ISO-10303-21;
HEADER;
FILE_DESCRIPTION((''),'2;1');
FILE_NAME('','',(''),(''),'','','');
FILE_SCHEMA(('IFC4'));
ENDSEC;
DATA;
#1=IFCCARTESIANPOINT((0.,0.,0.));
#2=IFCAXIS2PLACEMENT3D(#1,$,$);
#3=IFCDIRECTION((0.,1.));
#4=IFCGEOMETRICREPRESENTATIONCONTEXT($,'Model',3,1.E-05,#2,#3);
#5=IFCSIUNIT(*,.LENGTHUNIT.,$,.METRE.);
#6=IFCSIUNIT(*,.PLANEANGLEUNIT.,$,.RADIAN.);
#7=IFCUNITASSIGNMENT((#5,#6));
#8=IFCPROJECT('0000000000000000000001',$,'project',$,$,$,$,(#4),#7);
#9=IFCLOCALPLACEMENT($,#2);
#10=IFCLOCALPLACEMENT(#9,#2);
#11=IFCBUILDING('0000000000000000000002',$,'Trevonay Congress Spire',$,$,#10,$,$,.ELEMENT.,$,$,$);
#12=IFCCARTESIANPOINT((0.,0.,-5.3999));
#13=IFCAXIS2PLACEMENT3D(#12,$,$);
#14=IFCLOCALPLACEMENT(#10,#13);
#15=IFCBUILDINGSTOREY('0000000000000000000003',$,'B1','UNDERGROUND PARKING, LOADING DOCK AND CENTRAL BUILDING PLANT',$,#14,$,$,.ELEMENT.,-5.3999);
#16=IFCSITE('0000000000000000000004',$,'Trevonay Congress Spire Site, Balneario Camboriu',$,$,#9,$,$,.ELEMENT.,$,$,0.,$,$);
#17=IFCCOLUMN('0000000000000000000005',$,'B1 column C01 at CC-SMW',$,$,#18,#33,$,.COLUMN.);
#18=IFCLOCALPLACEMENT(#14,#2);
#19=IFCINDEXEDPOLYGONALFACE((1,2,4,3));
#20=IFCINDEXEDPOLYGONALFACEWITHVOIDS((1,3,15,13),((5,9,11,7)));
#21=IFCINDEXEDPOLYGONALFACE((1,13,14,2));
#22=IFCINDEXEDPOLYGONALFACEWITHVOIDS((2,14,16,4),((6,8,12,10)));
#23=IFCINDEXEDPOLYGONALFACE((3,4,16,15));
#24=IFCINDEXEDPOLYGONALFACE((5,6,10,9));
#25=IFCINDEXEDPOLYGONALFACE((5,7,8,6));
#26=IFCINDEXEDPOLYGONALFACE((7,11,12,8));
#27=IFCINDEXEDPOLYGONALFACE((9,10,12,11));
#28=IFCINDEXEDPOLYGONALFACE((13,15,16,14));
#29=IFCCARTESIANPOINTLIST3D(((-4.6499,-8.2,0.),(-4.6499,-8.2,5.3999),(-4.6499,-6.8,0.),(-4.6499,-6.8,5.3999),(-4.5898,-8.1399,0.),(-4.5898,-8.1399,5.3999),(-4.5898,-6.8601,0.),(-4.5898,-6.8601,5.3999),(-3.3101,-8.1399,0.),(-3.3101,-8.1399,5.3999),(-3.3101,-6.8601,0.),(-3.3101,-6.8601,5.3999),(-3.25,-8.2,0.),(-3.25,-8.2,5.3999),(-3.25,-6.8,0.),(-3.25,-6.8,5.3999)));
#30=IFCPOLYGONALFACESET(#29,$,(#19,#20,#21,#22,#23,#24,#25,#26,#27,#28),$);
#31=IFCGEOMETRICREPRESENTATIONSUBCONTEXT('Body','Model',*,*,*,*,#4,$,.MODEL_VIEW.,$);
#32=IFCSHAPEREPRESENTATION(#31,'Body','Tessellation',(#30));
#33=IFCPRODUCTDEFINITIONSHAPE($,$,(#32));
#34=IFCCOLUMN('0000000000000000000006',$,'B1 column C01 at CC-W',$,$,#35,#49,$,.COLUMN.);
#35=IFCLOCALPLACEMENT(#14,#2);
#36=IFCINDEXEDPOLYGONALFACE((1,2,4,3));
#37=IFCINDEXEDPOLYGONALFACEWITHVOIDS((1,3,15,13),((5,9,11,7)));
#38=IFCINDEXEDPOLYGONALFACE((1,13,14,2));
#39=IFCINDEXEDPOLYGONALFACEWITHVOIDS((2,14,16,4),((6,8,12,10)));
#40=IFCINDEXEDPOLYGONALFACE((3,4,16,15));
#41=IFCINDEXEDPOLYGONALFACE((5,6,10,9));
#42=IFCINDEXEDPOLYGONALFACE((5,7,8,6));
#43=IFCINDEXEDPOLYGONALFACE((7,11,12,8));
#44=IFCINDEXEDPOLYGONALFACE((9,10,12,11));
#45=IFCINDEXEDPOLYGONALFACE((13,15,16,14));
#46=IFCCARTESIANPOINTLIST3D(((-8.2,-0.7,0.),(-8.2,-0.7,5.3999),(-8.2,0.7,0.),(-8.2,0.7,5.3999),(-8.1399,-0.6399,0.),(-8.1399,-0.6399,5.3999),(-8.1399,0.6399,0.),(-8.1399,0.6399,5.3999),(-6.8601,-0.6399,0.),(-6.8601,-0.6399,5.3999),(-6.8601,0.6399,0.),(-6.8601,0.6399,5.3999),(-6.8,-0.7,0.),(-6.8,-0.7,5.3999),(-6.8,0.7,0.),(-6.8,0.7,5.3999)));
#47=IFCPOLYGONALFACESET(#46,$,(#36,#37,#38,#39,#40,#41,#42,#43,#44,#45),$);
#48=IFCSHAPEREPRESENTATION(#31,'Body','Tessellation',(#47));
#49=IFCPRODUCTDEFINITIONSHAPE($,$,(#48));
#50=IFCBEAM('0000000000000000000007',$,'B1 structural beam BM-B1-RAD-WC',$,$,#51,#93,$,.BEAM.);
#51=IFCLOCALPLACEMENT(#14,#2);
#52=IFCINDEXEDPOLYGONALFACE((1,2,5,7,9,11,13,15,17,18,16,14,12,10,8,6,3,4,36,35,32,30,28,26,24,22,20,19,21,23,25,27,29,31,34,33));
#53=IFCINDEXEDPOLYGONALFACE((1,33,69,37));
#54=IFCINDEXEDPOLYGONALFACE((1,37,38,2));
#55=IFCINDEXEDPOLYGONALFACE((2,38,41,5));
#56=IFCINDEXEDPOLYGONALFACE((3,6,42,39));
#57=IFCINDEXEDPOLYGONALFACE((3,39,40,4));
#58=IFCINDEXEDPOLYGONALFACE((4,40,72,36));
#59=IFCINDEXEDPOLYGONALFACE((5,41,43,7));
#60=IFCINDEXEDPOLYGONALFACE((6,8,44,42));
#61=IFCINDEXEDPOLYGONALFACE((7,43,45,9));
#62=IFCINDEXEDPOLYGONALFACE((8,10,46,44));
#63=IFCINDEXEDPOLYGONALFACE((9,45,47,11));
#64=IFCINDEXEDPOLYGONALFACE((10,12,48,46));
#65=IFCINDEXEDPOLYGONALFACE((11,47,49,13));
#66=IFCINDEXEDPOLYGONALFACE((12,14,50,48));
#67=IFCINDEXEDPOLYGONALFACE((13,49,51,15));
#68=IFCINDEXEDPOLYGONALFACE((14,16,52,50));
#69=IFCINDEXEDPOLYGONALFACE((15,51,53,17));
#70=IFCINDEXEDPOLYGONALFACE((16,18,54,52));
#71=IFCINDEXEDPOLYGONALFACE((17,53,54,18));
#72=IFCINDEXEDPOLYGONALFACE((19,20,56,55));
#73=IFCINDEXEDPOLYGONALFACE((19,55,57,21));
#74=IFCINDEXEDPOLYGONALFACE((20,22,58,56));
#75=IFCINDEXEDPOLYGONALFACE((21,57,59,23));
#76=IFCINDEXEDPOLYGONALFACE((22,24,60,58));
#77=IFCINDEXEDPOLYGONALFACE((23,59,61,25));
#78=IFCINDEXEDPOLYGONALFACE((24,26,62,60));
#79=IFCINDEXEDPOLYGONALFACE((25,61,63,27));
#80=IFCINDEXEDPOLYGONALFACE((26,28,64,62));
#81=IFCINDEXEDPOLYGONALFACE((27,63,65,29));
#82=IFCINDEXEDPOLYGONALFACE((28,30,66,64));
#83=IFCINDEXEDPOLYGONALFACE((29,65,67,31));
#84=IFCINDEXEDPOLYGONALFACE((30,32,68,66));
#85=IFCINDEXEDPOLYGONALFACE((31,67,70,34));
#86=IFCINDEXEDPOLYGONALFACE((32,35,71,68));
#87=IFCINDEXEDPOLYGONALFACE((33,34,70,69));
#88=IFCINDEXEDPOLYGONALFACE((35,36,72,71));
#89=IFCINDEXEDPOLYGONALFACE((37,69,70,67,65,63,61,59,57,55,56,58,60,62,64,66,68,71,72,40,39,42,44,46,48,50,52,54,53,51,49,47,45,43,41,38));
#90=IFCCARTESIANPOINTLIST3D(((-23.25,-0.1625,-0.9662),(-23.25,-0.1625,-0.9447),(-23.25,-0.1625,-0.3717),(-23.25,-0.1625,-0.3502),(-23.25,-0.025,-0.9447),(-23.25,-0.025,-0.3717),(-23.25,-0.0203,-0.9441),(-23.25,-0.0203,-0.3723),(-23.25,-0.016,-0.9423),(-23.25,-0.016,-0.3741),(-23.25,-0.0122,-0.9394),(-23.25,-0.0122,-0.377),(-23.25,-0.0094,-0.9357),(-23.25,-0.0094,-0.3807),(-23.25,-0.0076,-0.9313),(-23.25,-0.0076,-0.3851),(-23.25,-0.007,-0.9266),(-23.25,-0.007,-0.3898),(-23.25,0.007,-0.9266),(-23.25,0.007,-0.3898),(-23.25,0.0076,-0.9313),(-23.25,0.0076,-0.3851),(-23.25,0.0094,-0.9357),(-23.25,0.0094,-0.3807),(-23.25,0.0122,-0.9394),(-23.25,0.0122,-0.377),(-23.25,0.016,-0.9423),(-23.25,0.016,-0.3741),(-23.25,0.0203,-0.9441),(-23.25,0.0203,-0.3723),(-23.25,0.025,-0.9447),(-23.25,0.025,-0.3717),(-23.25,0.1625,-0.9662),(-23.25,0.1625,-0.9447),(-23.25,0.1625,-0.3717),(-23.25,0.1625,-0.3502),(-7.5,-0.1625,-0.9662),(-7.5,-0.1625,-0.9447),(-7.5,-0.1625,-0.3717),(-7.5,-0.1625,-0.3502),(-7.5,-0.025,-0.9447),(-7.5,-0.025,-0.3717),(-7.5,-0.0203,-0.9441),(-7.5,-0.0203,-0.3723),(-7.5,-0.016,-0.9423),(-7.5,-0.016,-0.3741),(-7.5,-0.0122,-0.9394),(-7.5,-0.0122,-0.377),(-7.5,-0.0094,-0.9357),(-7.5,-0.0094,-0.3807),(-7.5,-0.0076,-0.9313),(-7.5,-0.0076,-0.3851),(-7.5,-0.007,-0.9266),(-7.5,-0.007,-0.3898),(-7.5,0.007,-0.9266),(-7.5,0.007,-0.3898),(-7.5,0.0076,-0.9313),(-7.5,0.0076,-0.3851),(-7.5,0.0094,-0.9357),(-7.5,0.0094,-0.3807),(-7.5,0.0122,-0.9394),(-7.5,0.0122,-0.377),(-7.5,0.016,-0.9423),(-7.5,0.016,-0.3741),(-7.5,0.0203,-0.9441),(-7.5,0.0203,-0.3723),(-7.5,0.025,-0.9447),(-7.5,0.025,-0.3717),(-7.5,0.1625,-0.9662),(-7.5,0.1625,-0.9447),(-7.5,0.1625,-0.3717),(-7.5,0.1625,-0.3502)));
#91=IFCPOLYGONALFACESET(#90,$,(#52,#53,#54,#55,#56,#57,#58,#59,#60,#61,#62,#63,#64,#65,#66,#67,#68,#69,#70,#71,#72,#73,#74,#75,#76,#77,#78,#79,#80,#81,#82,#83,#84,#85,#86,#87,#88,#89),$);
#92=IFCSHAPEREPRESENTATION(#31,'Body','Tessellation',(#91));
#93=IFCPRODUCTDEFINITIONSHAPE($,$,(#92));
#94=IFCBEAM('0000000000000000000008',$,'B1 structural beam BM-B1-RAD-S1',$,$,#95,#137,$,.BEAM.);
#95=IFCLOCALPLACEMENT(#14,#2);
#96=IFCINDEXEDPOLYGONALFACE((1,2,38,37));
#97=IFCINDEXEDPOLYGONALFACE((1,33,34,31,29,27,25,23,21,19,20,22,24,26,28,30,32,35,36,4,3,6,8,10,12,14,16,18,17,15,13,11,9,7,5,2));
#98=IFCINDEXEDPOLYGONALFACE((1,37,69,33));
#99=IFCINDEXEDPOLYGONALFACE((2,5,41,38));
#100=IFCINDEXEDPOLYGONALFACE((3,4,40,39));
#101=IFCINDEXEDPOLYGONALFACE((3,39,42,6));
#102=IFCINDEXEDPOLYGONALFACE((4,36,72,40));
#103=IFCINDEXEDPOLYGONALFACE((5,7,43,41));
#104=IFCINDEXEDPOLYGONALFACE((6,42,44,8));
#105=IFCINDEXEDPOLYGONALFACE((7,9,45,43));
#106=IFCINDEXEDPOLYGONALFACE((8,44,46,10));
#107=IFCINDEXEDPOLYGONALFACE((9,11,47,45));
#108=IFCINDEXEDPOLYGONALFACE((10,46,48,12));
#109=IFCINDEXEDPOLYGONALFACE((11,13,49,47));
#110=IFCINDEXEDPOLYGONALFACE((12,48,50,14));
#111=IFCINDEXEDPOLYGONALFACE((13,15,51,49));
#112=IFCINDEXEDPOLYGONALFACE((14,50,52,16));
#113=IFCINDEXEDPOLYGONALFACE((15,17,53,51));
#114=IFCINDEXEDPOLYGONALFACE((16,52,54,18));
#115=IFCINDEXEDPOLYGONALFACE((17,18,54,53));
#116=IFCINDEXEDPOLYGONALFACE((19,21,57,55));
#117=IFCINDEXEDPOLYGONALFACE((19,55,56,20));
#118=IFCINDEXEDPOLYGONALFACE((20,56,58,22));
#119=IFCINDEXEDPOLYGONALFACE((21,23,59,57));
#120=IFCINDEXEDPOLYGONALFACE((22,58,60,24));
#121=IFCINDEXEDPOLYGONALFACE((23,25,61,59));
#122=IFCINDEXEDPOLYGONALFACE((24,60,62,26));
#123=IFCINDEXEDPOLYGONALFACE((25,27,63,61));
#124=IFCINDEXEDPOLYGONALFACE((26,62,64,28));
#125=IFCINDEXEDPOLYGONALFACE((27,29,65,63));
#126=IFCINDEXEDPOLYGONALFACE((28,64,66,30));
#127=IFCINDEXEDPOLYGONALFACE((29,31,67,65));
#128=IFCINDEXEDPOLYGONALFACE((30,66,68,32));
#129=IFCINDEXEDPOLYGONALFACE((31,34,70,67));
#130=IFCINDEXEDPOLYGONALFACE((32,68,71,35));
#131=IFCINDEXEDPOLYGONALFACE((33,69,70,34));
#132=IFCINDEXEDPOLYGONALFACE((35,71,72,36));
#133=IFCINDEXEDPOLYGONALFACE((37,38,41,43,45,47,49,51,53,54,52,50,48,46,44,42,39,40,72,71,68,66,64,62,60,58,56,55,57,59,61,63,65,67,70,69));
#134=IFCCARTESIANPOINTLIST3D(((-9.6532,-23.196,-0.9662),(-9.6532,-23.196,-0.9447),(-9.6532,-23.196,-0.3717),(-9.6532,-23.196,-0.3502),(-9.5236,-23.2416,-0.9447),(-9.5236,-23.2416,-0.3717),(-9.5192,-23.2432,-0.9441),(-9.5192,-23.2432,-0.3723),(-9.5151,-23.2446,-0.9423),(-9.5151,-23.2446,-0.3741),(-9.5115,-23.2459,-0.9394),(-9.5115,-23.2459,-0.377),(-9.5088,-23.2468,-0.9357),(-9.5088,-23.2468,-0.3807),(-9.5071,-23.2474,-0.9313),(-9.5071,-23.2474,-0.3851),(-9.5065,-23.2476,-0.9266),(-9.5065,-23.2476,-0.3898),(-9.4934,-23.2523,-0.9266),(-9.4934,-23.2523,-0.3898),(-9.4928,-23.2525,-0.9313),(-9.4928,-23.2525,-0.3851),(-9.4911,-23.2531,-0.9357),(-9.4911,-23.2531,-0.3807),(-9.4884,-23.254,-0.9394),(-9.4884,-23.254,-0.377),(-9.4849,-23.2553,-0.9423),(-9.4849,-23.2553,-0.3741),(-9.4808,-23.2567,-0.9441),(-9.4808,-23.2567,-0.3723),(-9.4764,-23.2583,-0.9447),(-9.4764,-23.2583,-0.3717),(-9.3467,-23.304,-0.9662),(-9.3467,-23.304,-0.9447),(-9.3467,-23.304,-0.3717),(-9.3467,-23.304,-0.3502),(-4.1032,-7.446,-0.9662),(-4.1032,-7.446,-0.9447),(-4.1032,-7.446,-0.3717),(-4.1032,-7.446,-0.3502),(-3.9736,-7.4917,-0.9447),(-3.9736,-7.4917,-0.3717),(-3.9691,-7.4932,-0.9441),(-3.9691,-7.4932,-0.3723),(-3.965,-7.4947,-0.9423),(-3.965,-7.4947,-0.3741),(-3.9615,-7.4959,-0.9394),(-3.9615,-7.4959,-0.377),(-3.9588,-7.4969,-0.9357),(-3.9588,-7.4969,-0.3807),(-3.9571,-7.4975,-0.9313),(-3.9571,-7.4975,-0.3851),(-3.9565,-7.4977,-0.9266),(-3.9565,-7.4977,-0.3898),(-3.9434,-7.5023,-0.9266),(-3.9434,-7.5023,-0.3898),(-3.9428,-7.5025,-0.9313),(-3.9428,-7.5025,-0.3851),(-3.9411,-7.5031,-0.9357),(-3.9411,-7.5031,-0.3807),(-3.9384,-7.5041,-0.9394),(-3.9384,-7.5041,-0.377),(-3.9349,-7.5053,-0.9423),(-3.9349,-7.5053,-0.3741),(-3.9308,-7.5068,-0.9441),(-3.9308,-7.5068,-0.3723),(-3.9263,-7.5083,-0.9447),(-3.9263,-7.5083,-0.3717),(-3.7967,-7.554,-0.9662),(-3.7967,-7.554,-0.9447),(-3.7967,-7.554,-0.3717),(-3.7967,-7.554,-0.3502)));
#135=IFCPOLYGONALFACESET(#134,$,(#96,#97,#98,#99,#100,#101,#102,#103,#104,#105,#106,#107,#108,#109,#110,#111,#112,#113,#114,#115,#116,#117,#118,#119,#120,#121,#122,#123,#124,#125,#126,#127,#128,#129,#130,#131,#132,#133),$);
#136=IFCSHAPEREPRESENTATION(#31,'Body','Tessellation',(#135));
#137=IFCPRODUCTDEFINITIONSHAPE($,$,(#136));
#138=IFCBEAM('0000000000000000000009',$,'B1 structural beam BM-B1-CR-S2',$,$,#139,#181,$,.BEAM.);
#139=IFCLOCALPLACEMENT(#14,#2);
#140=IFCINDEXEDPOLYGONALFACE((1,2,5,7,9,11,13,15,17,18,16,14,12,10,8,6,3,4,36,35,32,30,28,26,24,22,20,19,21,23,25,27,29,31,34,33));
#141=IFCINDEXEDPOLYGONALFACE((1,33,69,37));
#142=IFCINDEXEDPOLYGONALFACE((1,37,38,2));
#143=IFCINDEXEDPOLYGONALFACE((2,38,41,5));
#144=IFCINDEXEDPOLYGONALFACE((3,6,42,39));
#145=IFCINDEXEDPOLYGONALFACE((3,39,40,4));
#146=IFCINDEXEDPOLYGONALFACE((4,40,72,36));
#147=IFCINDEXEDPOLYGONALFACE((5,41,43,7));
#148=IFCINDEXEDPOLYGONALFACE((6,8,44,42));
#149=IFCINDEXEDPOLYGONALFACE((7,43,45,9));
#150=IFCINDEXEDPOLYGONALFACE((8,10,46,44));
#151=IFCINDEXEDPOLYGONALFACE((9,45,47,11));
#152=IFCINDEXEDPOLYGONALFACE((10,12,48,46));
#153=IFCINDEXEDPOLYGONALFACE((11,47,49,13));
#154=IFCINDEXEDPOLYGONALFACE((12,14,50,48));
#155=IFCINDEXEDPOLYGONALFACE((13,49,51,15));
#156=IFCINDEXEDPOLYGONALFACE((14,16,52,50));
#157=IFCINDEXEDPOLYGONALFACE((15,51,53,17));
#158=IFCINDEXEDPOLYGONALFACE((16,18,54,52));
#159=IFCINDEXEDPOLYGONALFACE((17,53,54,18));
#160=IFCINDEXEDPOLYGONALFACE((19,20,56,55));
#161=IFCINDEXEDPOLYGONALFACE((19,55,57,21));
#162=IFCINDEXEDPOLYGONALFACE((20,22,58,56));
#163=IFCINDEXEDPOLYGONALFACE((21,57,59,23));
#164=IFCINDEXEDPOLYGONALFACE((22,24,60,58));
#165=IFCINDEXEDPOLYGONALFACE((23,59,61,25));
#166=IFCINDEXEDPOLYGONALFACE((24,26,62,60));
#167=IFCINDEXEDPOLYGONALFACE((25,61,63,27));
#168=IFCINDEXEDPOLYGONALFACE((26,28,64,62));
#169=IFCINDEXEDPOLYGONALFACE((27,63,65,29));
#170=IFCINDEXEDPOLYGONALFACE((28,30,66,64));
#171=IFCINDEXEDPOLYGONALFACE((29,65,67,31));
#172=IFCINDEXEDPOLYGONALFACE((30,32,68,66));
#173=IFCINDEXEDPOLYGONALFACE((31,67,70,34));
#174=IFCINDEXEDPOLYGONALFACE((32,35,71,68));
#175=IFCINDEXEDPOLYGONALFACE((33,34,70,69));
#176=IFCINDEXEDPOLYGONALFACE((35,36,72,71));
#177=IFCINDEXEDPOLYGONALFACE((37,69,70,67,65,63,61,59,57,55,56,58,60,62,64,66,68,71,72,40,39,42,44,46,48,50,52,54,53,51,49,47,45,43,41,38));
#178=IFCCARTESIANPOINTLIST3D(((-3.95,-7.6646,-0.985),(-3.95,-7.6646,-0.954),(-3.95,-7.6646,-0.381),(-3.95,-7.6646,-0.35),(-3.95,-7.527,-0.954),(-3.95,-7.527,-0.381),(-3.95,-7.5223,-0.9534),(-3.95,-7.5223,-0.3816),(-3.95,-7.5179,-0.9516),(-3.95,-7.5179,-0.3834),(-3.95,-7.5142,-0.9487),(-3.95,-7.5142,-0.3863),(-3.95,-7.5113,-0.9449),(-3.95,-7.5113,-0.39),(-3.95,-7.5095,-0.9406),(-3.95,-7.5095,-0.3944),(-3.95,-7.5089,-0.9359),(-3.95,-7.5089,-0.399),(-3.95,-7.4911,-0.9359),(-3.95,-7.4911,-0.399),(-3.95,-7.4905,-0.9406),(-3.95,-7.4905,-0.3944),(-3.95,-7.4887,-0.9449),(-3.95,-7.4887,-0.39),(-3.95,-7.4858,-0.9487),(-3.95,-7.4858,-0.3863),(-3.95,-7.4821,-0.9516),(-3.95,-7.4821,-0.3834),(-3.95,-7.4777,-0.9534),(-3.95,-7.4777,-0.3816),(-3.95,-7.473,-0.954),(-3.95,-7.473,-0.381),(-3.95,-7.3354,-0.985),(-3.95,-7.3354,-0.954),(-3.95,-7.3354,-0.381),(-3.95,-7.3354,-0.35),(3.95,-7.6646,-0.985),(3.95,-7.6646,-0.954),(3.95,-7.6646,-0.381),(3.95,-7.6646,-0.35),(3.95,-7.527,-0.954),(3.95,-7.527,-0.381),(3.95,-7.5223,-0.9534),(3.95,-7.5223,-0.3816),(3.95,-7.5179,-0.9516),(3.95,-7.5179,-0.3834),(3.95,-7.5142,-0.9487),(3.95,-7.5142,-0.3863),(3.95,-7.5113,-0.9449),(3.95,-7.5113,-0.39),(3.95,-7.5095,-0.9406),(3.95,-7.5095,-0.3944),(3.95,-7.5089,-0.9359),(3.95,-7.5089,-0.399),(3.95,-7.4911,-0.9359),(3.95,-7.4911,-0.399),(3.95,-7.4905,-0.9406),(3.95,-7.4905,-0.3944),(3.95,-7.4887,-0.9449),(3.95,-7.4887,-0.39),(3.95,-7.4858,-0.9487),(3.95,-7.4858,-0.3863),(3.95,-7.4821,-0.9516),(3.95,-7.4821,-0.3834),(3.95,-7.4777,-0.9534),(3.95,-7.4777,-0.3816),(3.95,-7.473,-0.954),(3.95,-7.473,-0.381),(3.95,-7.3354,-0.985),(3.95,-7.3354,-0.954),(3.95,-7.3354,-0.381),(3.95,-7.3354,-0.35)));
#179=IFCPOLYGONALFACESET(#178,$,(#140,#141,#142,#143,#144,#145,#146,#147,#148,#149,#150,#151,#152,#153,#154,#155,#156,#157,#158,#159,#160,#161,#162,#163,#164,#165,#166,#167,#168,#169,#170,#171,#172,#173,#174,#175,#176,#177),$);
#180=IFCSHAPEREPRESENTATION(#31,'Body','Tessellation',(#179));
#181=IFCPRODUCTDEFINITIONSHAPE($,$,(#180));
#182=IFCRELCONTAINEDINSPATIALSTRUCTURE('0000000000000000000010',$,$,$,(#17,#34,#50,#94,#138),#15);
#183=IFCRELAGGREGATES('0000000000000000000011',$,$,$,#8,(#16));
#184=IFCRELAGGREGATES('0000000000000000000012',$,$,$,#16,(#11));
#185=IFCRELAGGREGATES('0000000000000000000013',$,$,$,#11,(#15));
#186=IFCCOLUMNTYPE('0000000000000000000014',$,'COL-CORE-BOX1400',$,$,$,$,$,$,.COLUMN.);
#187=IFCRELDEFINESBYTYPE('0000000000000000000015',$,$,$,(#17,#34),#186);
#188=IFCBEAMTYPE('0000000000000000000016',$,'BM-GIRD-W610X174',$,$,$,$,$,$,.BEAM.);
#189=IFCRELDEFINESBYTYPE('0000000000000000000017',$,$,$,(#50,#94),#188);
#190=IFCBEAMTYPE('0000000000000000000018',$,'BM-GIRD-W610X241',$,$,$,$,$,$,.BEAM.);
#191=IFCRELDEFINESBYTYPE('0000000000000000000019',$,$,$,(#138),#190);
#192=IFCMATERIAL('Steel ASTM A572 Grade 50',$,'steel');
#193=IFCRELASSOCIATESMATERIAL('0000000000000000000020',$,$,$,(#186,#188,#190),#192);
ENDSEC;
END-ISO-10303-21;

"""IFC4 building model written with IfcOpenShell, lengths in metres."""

from ifc_helpers import new_model, si_unit, direction, frame, origin, origin_2d, place, context, subcontext, project, spatial, hollow_rectangle, i_section, extrude, material, material_profile, profile_set, type_object, element, save


model = new_model("IFC4")

# Units and contexts
model_context = context("Model", 3, precision=1e-05, world=origin(), true_north=direction((0.0, 1.0)))
body_context = subcontext(model_context, "Body", "Model", "MODEL_VIEW")
ifc_project = project(units=[si_unit("LENGTHUNIT", "METRE"), si_unit("PLANEANGLEUNIT", "RADIAN")], contexts=[model_context])

# Site, building, storey
site_placement = place(None, origin())
site = spatial("IfcSite", under=ifc_project, at=site_placement, Name="Trevonay Congress Spire Site, Balneario Camboriu", CompositionType="ELEMENT", RefElevation=0.0)
building_placement = place(site_placement, origin())
building = spatial("IfcBuilding", under=site, at=building_placement, Name="Trevonay Congress Spire", CompositionType="ELEMENT")
storey_placement = place(building_placement, frame((0.0, 0.0, -5.3999)))
storey = spatial("IfcBuildingStorey", under=building, at=storey_placement, Name="B1", Description="UNDERGROUND PARKING, LOADING DOCK AND CENTRAL BUILDING PLANT", CompositionType="ELEMENT", Elevation=-5.3999)

# Columns
ifc_material_1 = material(Name="Steel ASTM A572 Grade 50", Category="steel")
ifc_material_profile_1 = material_profile(ifc_material_1, hollow_rectangle(XDim=1.3999, YDim=1.3999, WallThickness=0.0601, at=origin_2d()), Name="BOX 1400x1400x60")
ifc_profile_set_1 = profile_set([ifc_material_profile_1], Name="Steel ASTM A572 Grade 50")
column_type = type_object("IfcColumnType", Name="COL-CORE-BOX1400", PredefinedType="COLUMN", material=ifc_profile_set_1)
for number, where, z_axis, x_axis, name in (
    (1, (-3.95, -7.5, 0.0), (0.0, 0.0, 1.0), (1.0, 0.0, 0.0), "B1 column C01 at CC-SMW"),
    (2, (-7.5, 0.0, 0.0), (0.0, 0.0, 1.0), (1.0, 0.0, 0.0), "B1 column C01 at CC-W"),
):
    element("IfcColumn", number, at=place(storey_placement, frame(where, z_axis=z_axis, x_axis=x_axis)), inside=storey, type_object=column_type, Name=name, PredefinedType="COLUMN", context=body_context, shape_type="SweptSolid", body=[
        extrude(hollow_rectangle(XDim=1.3999, YDim=1.3999, WallThickness=0.0601, at=origin_2d()), origin(), (0.0, 0.0, 1.0), 5.3999),
    ])

# Beams
ifc_material_profile_2 = material_profile(ifc_material_1, i_section(OverallWidth=0.325, OverallDepth=0.616, WebThickness=0.0139, FlangeThickness=0.0215, FilletRadius=0.0181, at=origin_2d()), Name="W610x174")
ifc_profile_set_2 = profile_set([ifc_material_profile_2], Name="Steel ASTM A572 Grade 50")
beam_type_1 = type_object("IfcBeamType", Name="BM-GIRD-W610X174", PredefinedType="BEAM", material=ifc_profile_set_2)
beam_1_placement = place(storey_placement, frame((-7.5, 0.0, -0.6582), z_axis=(-1.0, 0.0, 0.0), x_axis=(0.0, -1.0, 0.0)))
element("IfcBeam", 3, at=beam_1_placement, inside=storey, type_object=beam_type_1, Name="B1 structural beam BM-B1-RAD-WC", PredefinedType="BEAM", context=body_context, shape_type="SweptSolid", body=[
    extrude(i_section(OverallWidth=0.325, OverallDepth=0.616, WebThickness=0.0139, FlangeThickness=0.0215, FilletRadius=0.0181, at=origin_2d()), origin(), (0.0, 0.0, 1.0), 15.75),
])
beam_2_placement = place(storey_placement, frame((-3.95, -7.5, -0.6582), z_axis=(-0.332353, -0.943155, 0.0), x_axis=(0.943155, -0.332353, 0.0)))
element("IfcBeam", 4, at=beam_2_placement, inside=storey, type_object=beam_type_1, Name="B1 structural beam BM-B1-RAD-S1", PredefinedType="BEAM", context=body_context, shape_type="SweptSolid", body=[
    extrude(i_section(OverallWidth=0.325, OverallDepth=0.616, WebThickness=0.0139, FlangeThickness=0.0215, FilletRadius=0.0181, at=origin_2d()), origin(), (0.0, 0.0, 1.0), 16.6992),
])
ifc_material_profile_3 = material_profile(ifc_material_1, i_section(OverallWidth=0.3291, OverallDepth=0.635, WebThickness=0.0178, FlangeThickness=0.031, FilletRadius=0.0181, at=origin_2d()), Name="W610x241")
ifc_profile_set_3 = profile_set([ifc_material_profile_3], Name="Steel ASTM A572 Grade 50")
beam_type_2 = type_object("IfcBeamType", Name="BM-GIRD-W610X241", PredefinedType="BEAM", material=ifc_profile_set_3)
beam_3_placement = place(storey_placement, frame((-3.95, -7.5, -0.6675), z_axis=(1.0, 0.0, 0.0), x_axis=(0.0, 1.0, 0.0)))
element("IfcBeam", 5, at=beam_3_placement, inside=storey, type_object=beam_type_2, Name="B1 structural beam BM-B1-CR-S2", PredefinedType="BEAM", context=body_context, shape_type="SweptSolid", body=[
    extrude(i_section(OverallWidth=0.3291, OverallDepth=0.635, WebThickness=0.0178, FlangeThickness=0.031, FilletRadius=0.0181, at=origin_2d()), origin(), (0.0, 0.0, 1.0), 7.8999),
])

save(model, "model.ifc")
